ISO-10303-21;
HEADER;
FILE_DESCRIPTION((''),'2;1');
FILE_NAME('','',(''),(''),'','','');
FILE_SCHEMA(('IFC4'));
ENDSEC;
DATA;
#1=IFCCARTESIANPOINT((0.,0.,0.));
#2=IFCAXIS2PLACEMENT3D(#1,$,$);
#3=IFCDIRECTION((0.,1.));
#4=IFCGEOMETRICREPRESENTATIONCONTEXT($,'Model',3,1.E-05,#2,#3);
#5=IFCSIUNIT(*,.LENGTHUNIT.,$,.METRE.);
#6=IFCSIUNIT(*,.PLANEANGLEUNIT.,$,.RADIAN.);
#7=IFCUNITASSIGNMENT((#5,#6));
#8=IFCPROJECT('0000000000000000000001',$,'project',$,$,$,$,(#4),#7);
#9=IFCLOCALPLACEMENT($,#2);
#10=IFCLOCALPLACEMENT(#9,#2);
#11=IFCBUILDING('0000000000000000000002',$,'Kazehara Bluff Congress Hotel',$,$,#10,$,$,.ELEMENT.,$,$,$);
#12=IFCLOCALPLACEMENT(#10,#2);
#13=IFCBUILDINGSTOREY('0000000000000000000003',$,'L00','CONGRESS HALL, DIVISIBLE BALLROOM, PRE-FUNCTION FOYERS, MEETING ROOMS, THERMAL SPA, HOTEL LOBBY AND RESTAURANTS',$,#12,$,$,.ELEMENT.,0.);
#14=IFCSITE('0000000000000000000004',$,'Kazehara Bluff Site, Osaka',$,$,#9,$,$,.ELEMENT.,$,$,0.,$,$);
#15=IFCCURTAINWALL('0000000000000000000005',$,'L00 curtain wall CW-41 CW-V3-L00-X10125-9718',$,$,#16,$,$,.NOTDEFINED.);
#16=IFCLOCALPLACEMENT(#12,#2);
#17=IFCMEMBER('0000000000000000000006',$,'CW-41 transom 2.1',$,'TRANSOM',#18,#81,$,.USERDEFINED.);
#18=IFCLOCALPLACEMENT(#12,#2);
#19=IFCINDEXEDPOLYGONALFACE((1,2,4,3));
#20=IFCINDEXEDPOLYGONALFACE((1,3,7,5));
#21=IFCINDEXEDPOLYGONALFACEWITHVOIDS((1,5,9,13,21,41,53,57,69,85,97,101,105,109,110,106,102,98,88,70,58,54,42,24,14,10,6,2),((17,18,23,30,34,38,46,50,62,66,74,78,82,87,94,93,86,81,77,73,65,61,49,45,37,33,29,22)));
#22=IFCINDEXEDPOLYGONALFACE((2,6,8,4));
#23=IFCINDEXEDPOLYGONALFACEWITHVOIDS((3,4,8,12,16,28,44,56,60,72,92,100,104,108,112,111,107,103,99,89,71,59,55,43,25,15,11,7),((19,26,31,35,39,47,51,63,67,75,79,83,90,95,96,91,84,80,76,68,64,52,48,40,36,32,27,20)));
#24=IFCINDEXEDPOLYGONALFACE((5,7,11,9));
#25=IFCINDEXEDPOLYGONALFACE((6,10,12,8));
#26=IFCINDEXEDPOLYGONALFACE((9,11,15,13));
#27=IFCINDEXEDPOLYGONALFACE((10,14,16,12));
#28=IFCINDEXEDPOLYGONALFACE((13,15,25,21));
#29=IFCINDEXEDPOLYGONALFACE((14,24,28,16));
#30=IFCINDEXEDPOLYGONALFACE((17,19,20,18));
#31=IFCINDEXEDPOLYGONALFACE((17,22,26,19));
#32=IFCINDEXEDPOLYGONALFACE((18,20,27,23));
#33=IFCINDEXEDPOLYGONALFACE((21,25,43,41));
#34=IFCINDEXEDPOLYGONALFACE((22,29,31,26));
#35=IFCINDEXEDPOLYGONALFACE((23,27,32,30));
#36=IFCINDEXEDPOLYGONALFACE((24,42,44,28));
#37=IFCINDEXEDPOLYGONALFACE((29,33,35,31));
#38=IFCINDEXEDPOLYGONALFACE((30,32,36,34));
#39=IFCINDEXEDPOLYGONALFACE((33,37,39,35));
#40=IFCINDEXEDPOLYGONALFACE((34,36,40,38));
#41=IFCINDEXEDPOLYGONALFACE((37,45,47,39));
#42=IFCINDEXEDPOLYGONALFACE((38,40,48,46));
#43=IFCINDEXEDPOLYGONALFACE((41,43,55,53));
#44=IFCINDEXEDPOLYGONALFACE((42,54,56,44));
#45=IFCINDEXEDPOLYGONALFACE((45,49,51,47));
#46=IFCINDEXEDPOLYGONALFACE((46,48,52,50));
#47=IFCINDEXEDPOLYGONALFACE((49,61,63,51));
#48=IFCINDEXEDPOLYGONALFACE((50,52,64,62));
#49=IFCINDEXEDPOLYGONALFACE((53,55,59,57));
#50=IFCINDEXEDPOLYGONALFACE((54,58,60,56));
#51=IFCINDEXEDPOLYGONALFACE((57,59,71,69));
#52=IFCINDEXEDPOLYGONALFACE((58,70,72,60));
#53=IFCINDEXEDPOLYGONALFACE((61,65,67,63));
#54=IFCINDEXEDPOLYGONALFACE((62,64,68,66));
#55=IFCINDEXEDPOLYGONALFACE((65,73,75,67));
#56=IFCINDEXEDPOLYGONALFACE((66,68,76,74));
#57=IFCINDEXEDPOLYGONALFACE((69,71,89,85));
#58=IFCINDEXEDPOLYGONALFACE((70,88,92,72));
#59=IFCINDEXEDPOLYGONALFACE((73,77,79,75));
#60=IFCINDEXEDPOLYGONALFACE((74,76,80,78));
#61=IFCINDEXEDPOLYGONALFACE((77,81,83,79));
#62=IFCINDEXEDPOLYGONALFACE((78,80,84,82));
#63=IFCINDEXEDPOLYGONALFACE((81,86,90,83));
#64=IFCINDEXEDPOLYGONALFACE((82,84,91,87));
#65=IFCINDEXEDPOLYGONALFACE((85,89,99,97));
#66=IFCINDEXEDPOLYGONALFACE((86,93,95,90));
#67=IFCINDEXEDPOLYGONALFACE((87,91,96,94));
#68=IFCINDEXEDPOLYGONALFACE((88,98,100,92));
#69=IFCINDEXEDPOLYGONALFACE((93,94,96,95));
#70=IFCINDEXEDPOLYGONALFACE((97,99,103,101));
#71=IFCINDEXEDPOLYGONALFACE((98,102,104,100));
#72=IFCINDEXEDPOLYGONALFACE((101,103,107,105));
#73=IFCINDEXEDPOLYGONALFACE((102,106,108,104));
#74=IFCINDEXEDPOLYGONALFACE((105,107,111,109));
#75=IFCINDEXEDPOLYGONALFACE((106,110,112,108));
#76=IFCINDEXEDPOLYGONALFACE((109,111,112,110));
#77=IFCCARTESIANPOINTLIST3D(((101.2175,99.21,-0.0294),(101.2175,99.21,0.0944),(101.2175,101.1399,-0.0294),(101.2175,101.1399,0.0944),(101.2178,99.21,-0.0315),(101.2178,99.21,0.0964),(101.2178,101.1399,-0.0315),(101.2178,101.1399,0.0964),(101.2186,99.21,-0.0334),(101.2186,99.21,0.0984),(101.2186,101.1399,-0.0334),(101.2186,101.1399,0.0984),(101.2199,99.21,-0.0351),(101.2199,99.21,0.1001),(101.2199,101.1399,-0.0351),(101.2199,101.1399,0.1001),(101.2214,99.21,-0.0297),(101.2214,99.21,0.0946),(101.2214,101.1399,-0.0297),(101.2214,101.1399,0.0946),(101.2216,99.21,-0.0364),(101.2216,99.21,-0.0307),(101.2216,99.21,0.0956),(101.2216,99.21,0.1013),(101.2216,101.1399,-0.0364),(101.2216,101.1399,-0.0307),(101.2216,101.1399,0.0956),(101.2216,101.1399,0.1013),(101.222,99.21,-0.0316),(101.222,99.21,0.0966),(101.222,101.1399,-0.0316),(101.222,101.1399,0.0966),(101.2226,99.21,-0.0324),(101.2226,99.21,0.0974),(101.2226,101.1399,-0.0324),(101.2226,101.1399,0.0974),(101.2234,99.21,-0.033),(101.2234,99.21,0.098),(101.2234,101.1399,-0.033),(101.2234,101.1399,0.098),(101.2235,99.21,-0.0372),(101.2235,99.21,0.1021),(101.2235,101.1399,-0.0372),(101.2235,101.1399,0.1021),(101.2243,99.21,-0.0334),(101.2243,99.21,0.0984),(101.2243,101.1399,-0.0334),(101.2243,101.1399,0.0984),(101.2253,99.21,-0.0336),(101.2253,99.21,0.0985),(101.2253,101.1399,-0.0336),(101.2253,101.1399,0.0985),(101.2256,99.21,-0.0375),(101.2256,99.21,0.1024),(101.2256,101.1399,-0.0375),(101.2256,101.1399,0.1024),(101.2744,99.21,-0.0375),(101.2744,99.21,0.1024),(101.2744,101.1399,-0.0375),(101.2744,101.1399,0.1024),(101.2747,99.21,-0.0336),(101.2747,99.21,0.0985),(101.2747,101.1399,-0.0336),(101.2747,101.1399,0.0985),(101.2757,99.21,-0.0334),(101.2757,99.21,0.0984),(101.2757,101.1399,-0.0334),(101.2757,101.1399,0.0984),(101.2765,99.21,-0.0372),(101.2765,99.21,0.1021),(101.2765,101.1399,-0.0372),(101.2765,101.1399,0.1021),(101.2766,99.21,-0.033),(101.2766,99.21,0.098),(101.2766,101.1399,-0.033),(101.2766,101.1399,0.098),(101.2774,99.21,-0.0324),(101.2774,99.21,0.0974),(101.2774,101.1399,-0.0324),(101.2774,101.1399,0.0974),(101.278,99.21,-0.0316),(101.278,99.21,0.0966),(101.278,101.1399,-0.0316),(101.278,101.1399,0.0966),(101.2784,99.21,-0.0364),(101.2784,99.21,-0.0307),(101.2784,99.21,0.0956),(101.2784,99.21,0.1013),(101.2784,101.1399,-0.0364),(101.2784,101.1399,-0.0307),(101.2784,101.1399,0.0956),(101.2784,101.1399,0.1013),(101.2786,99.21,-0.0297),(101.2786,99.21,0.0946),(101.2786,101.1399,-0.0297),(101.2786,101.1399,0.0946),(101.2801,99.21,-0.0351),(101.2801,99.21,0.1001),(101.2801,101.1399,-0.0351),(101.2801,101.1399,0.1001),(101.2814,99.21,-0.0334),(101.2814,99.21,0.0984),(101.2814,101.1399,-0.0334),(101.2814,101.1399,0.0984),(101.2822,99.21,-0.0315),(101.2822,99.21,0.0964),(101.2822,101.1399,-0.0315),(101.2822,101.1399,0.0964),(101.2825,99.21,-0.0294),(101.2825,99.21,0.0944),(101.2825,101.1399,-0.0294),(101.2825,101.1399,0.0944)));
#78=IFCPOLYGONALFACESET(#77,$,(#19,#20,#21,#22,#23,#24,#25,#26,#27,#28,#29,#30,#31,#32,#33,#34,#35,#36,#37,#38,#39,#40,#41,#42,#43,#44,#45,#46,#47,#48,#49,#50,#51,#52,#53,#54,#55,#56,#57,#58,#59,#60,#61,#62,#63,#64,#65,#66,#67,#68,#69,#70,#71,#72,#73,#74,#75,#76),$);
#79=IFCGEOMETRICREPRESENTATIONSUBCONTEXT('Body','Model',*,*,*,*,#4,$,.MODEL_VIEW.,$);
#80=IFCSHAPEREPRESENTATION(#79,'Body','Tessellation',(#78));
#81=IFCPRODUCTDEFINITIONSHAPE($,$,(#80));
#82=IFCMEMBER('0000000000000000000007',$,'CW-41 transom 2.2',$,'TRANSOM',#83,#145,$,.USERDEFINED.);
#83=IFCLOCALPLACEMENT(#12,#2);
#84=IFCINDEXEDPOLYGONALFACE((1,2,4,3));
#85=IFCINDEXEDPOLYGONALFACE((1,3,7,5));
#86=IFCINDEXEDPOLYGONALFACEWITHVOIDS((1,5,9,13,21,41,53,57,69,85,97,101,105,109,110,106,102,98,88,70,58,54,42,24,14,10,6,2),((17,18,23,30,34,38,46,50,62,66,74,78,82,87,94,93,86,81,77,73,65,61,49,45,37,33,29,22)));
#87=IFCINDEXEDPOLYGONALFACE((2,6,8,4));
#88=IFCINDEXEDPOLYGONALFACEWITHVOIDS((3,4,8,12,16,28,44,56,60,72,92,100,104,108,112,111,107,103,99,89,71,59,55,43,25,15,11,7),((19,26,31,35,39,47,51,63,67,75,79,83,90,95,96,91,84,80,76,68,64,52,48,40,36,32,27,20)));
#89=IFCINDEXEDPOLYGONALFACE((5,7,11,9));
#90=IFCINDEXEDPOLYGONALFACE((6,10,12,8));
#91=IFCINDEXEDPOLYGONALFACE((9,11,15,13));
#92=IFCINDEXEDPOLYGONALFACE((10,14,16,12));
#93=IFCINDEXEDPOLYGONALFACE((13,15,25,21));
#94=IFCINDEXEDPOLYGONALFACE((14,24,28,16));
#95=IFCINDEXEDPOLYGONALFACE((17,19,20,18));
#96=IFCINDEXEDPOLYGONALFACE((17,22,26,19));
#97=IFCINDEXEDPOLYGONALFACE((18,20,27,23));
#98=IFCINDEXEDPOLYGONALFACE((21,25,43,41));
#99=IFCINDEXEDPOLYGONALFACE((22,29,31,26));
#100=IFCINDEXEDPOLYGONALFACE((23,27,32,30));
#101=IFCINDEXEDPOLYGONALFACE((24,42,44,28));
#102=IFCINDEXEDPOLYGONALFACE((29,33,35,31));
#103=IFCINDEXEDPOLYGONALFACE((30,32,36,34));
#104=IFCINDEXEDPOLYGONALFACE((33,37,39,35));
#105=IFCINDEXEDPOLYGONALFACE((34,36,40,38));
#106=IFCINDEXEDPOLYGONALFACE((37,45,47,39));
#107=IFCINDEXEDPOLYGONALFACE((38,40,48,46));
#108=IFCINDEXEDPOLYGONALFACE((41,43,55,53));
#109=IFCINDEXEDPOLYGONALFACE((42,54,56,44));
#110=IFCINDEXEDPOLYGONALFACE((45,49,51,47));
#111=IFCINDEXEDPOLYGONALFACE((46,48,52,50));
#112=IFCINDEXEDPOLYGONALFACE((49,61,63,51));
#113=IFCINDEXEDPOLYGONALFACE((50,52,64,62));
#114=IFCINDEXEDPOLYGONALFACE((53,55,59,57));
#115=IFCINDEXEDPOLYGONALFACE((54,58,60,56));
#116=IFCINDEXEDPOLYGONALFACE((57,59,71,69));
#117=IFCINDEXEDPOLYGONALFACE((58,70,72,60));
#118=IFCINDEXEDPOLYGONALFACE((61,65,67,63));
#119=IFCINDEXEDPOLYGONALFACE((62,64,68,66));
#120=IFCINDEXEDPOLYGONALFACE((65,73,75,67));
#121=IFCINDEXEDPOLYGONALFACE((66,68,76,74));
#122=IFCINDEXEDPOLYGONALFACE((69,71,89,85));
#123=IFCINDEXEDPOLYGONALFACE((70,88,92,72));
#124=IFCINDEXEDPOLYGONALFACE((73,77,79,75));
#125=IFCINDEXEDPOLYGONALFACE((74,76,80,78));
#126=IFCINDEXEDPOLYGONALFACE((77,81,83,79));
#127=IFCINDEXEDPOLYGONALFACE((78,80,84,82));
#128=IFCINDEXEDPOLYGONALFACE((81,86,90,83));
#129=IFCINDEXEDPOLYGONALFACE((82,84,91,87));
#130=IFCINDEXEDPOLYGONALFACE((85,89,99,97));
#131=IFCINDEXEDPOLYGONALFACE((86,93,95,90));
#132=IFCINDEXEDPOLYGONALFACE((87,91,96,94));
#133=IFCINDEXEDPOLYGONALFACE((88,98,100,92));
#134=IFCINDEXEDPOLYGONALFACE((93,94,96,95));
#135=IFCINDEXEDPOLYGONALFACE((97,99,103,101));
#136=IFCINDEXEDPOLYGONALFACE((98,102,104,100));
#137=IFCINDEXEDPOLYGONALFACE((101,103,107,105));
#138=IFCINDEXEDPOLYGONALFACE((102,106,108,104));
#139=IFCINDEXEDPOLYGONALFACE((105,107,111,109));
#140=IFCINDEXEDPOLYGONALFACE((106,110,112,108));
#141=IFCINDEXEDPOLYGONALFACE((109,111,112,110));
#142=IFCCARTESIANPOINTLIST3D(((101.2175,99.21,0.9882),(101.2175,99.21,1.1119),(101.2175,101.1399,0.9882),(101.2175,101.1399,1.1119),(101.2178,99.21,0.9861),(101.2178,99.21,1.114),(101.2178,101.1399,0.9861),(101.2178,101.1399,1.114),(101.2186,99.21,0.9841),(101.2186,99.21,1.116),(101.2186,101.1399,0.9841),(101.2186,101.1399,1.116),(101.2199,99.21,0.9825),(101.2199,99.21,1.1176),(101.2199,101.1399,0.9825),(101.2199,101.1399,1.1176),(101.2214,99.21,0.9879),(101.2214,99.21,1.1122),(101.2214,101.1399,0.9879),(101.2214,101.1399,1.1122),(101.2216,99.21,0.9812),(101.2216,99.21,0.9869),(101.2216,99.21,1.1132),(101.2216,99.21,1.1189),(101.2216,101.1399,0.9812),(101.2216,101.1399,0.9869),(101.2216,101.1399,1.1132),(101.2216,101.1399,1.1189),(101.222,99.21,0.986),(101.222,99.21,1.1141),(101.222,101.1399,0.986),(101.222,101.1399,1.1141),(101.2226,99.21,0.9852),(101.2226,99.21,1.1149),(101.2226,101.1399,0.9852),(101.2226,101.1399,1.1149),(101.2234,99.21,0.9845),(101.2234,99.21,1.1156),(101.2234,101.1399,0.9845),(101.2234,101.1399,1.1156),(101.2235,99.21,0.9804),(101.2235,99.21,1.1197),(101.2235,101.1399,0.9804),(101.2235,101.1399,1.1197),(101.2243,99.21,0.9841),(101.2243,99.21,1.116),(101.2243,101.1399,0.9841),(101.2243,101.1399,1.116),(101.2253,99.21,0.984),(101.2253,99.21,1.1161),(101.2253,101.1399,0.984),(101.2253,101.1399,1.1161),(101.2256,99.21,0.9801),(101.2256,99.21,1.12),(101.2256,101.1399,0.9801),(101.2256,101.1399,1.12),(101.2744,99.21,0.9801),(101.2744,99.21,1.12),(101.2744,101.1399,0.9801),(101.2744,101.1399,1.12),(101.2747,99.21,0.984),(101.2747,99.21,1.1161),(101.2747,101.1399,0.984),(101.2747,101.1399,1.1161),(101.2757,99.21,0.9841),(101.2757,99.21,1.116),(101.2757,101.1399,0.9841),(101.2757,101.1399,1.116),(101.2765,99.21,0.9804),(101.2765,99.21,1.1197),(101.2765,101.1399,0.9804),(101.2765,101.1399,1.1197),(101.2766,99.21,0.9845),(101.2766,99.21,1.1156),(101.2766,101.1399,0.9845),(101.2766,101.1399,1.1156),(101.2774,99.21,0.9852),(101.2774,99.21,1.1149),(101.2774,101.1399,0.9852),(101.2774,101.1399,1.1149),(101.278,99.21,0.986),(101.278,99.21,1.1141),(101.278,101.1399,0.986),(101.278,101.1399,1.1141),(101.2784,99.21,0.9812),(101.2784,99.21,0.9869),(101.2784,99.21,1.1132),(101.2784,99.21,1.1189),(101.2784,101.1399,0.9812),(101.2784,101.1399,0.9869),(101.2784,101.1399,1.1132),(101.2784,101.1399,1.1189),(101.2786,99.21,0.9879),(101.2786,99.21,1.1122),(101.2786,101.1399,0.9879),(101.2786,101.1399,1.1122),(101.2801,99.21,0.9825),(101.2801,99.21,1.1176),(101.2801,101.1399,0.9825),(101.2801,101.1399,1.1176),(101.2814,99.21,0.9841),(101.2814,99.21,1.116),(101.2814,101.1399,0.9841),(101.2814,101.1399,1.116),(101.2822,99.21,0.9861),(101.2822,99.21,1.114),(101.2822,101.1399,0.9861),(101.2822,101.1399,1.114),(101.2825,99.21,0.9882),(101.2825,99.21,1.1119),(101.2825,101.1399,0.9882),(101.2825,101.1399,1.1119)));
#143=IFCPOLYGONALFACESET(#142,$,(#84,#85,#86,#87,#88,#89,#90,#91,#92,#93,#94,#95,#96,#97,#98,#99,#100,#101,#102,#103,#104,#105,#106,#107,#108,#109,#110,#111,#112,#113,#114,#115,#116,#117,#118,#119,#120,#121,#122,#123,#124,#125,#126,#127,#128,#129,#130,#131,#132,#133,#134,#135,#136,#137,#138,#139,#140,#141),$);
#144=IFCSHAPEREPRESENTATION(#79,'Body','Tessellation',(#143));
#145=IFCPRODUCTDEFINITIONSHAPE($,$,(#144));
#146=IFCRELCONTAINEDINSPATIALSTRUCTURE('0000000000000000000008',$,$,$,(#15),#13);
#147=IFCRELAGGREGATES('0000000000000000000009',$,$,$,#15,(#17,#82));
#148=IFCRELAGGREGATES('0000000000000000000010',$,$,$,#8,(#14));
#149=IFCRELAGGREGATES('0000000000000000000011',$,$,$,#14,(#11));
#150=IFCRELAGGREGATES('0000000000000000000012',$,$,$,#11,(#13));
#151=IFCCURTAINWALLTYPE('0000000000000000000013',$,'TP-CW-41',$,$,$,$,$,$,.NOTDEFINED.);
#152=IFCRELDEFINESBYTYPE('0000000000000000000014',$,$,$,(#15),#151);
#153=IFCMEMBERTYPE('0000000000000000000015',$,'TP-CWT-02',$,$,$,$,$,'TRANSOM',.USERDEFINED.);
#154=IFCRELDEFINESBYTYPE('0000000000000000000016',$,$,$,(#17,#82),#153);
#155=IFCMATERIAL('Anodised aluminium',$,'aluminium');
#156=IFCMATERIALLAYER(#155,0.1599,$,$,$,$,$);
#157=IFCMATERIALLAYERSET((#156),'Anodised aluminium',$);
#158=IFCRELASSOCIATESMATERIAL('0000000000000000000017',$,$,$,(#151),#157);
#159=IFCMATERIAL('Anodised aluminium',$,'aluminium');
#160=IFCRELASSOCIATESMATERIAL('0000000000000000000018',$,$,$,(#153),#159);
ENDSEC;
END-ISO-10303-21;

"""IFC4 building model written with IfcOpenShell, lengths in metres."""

from ifc_helpers import new_model, si_unit, direction, frame, origin, origin_2d, place, context, subcontext, project, spatial, hollow_rectangle, extrude, material, layer, layer_set, material_profile, profile_set, type_object, element, aggregate, save


model = new_model("IFC4")

# Units and contexts
model_context = context("Model", 3, precision=1e-05, world=origin(), true_north=direction((0.0, 1.0)))
body_context = subcontext(model_context, "Body", "Model", "MODEL_VIEW")
ifc_project = project(units=[si_unit("LENGTHUNIT", "METRE"), si_unit("PLANEANGLEUNIT", "RADIAN")], contexts=[model_context])

# Site, building, storey
site_placement = place(None, origin())
site = spatial("IfcSite", under=ifc_project, at=site_placement, Name="Kazehara Bluff Site, Osaka", CompositionType="ELEMENT", RefElevation=0.0)
building_placement = place(site_placement, origin())
building = spatial("IfcBuilding", under=site, at=building_placement, Name="Kazehara Bluff Congress Hotel", CompositionType="ELEMENT")
storey_placement = place(building_placement, origin())
storey = spatial("IfcBuildingStorey", under=building, at=storey_placement, Name="L00", Description="CONGRESS HALL, DIVISIBLE BALLROOM, PRE-FUNCTION FOYERS, MEETING ROOMS, THERMAL SPA, HOTEL LOBBY AND RESTAURANTS", CompositionType="ELEMENT", Elevation=0.0)

# Curtain wall
ifc_material_1 = material(Name="Anodised aluminium", Category="aluminium")
ifc_layer_1 = layer(ifc_material_1, 0.1599)
ifc_layer_set_1 = layer_set([ifc_layer_1], Name="Anodised aluminium")
curtain_wall_type_1 = type_object("IfcCurtainWallType", Name="TP-CW-41", PredefinedType="NOTDEFINED", material=ifc_layer_set_1)
curtain_wall_1_placement = place(storey_placement, origin())
curtain_wall_1 = element("IfcCurtainWall", 1, at=curtain_wall_1_placement, inside=storey, type_object=curtain_wall_type_1, Name="L00 curtain wall CW-41 CW-V3-L00-X10125-9718", PredefinedType="NOTDEFINED")

# Members
ifc_material_2 = material(Name="Anodised aluminium", Category="aluminium")
ifc_material_profile_1 = material_profile(ifc_material_2, hollow_rectangle(XDim=0.0649, YDim=0.1399, WallThickness=0.0039, InnerFilletRadius=0.0039, OuterFilletRadius=0.0081, at=origin_2d()))
ifc_profile_set_1 = profile_set([ifc_material_profile_1], Name="Anodised aluminium")
member_type_1 = type_object("IfcMemberType", Name="TP-CWT-02", ElementType="TRANSOM", PredefinedType="USERDEFINED", material=ifc_profile_set_1)
member_1_placement = place(storey_placement, frame((101.25, 99.21, 0.0325), z_axis=(0.0, 1.0, 0.0), x_axis=(-1.0, 0.0, 0.0)))
member_1 = element("IfcMember", 2, at=member_1_placement, type_object=member_type_1, Name="CW-41 transom 2.1", ObjectType="TRANSOM", PredefinedType="USERDEFINED", context=body_context, shape_type="SweptSolid", body=[
    extrude(hollow_rectangle(XDim=0.0649, YDim=0.1399, WallThickness=0.0039, InnerFilletRadius=0.0039, OuterFilletRadius=0.0081, at=origin_2d()), origin(), (0.0, 0.0, 1.0), 1.9299),
])
member_2_placement = place(storey_placement, frame((101.25, 99.21, 1.05), z_axis=(0.0, 1.0, 0.0), x_axis=(-1.0, 0.0, 0.0)))
member_2 = element("IfcMember", 3, at=member_2_placement, type_object=member_type_1, Name="CW-41 transom 2.2", ObjectType="TRANSOM", PredefinedType="USERDEFINED", context=body_context, shape_type="SweptSolid", body=[
    extrude(hollow_rectangle(XDim=0.0649, YDim=0.1399, WallThickness=0.0039, InnerFilletRadius=0.0039, OuterFilletRadius=0.0081, at=origin_2d()), origin(), (0.0, 0.0, 1.0), 1.9299),
])

aggregate(curtain_wall_1, [member_1, member_2])

save(model, "model.ifc")
